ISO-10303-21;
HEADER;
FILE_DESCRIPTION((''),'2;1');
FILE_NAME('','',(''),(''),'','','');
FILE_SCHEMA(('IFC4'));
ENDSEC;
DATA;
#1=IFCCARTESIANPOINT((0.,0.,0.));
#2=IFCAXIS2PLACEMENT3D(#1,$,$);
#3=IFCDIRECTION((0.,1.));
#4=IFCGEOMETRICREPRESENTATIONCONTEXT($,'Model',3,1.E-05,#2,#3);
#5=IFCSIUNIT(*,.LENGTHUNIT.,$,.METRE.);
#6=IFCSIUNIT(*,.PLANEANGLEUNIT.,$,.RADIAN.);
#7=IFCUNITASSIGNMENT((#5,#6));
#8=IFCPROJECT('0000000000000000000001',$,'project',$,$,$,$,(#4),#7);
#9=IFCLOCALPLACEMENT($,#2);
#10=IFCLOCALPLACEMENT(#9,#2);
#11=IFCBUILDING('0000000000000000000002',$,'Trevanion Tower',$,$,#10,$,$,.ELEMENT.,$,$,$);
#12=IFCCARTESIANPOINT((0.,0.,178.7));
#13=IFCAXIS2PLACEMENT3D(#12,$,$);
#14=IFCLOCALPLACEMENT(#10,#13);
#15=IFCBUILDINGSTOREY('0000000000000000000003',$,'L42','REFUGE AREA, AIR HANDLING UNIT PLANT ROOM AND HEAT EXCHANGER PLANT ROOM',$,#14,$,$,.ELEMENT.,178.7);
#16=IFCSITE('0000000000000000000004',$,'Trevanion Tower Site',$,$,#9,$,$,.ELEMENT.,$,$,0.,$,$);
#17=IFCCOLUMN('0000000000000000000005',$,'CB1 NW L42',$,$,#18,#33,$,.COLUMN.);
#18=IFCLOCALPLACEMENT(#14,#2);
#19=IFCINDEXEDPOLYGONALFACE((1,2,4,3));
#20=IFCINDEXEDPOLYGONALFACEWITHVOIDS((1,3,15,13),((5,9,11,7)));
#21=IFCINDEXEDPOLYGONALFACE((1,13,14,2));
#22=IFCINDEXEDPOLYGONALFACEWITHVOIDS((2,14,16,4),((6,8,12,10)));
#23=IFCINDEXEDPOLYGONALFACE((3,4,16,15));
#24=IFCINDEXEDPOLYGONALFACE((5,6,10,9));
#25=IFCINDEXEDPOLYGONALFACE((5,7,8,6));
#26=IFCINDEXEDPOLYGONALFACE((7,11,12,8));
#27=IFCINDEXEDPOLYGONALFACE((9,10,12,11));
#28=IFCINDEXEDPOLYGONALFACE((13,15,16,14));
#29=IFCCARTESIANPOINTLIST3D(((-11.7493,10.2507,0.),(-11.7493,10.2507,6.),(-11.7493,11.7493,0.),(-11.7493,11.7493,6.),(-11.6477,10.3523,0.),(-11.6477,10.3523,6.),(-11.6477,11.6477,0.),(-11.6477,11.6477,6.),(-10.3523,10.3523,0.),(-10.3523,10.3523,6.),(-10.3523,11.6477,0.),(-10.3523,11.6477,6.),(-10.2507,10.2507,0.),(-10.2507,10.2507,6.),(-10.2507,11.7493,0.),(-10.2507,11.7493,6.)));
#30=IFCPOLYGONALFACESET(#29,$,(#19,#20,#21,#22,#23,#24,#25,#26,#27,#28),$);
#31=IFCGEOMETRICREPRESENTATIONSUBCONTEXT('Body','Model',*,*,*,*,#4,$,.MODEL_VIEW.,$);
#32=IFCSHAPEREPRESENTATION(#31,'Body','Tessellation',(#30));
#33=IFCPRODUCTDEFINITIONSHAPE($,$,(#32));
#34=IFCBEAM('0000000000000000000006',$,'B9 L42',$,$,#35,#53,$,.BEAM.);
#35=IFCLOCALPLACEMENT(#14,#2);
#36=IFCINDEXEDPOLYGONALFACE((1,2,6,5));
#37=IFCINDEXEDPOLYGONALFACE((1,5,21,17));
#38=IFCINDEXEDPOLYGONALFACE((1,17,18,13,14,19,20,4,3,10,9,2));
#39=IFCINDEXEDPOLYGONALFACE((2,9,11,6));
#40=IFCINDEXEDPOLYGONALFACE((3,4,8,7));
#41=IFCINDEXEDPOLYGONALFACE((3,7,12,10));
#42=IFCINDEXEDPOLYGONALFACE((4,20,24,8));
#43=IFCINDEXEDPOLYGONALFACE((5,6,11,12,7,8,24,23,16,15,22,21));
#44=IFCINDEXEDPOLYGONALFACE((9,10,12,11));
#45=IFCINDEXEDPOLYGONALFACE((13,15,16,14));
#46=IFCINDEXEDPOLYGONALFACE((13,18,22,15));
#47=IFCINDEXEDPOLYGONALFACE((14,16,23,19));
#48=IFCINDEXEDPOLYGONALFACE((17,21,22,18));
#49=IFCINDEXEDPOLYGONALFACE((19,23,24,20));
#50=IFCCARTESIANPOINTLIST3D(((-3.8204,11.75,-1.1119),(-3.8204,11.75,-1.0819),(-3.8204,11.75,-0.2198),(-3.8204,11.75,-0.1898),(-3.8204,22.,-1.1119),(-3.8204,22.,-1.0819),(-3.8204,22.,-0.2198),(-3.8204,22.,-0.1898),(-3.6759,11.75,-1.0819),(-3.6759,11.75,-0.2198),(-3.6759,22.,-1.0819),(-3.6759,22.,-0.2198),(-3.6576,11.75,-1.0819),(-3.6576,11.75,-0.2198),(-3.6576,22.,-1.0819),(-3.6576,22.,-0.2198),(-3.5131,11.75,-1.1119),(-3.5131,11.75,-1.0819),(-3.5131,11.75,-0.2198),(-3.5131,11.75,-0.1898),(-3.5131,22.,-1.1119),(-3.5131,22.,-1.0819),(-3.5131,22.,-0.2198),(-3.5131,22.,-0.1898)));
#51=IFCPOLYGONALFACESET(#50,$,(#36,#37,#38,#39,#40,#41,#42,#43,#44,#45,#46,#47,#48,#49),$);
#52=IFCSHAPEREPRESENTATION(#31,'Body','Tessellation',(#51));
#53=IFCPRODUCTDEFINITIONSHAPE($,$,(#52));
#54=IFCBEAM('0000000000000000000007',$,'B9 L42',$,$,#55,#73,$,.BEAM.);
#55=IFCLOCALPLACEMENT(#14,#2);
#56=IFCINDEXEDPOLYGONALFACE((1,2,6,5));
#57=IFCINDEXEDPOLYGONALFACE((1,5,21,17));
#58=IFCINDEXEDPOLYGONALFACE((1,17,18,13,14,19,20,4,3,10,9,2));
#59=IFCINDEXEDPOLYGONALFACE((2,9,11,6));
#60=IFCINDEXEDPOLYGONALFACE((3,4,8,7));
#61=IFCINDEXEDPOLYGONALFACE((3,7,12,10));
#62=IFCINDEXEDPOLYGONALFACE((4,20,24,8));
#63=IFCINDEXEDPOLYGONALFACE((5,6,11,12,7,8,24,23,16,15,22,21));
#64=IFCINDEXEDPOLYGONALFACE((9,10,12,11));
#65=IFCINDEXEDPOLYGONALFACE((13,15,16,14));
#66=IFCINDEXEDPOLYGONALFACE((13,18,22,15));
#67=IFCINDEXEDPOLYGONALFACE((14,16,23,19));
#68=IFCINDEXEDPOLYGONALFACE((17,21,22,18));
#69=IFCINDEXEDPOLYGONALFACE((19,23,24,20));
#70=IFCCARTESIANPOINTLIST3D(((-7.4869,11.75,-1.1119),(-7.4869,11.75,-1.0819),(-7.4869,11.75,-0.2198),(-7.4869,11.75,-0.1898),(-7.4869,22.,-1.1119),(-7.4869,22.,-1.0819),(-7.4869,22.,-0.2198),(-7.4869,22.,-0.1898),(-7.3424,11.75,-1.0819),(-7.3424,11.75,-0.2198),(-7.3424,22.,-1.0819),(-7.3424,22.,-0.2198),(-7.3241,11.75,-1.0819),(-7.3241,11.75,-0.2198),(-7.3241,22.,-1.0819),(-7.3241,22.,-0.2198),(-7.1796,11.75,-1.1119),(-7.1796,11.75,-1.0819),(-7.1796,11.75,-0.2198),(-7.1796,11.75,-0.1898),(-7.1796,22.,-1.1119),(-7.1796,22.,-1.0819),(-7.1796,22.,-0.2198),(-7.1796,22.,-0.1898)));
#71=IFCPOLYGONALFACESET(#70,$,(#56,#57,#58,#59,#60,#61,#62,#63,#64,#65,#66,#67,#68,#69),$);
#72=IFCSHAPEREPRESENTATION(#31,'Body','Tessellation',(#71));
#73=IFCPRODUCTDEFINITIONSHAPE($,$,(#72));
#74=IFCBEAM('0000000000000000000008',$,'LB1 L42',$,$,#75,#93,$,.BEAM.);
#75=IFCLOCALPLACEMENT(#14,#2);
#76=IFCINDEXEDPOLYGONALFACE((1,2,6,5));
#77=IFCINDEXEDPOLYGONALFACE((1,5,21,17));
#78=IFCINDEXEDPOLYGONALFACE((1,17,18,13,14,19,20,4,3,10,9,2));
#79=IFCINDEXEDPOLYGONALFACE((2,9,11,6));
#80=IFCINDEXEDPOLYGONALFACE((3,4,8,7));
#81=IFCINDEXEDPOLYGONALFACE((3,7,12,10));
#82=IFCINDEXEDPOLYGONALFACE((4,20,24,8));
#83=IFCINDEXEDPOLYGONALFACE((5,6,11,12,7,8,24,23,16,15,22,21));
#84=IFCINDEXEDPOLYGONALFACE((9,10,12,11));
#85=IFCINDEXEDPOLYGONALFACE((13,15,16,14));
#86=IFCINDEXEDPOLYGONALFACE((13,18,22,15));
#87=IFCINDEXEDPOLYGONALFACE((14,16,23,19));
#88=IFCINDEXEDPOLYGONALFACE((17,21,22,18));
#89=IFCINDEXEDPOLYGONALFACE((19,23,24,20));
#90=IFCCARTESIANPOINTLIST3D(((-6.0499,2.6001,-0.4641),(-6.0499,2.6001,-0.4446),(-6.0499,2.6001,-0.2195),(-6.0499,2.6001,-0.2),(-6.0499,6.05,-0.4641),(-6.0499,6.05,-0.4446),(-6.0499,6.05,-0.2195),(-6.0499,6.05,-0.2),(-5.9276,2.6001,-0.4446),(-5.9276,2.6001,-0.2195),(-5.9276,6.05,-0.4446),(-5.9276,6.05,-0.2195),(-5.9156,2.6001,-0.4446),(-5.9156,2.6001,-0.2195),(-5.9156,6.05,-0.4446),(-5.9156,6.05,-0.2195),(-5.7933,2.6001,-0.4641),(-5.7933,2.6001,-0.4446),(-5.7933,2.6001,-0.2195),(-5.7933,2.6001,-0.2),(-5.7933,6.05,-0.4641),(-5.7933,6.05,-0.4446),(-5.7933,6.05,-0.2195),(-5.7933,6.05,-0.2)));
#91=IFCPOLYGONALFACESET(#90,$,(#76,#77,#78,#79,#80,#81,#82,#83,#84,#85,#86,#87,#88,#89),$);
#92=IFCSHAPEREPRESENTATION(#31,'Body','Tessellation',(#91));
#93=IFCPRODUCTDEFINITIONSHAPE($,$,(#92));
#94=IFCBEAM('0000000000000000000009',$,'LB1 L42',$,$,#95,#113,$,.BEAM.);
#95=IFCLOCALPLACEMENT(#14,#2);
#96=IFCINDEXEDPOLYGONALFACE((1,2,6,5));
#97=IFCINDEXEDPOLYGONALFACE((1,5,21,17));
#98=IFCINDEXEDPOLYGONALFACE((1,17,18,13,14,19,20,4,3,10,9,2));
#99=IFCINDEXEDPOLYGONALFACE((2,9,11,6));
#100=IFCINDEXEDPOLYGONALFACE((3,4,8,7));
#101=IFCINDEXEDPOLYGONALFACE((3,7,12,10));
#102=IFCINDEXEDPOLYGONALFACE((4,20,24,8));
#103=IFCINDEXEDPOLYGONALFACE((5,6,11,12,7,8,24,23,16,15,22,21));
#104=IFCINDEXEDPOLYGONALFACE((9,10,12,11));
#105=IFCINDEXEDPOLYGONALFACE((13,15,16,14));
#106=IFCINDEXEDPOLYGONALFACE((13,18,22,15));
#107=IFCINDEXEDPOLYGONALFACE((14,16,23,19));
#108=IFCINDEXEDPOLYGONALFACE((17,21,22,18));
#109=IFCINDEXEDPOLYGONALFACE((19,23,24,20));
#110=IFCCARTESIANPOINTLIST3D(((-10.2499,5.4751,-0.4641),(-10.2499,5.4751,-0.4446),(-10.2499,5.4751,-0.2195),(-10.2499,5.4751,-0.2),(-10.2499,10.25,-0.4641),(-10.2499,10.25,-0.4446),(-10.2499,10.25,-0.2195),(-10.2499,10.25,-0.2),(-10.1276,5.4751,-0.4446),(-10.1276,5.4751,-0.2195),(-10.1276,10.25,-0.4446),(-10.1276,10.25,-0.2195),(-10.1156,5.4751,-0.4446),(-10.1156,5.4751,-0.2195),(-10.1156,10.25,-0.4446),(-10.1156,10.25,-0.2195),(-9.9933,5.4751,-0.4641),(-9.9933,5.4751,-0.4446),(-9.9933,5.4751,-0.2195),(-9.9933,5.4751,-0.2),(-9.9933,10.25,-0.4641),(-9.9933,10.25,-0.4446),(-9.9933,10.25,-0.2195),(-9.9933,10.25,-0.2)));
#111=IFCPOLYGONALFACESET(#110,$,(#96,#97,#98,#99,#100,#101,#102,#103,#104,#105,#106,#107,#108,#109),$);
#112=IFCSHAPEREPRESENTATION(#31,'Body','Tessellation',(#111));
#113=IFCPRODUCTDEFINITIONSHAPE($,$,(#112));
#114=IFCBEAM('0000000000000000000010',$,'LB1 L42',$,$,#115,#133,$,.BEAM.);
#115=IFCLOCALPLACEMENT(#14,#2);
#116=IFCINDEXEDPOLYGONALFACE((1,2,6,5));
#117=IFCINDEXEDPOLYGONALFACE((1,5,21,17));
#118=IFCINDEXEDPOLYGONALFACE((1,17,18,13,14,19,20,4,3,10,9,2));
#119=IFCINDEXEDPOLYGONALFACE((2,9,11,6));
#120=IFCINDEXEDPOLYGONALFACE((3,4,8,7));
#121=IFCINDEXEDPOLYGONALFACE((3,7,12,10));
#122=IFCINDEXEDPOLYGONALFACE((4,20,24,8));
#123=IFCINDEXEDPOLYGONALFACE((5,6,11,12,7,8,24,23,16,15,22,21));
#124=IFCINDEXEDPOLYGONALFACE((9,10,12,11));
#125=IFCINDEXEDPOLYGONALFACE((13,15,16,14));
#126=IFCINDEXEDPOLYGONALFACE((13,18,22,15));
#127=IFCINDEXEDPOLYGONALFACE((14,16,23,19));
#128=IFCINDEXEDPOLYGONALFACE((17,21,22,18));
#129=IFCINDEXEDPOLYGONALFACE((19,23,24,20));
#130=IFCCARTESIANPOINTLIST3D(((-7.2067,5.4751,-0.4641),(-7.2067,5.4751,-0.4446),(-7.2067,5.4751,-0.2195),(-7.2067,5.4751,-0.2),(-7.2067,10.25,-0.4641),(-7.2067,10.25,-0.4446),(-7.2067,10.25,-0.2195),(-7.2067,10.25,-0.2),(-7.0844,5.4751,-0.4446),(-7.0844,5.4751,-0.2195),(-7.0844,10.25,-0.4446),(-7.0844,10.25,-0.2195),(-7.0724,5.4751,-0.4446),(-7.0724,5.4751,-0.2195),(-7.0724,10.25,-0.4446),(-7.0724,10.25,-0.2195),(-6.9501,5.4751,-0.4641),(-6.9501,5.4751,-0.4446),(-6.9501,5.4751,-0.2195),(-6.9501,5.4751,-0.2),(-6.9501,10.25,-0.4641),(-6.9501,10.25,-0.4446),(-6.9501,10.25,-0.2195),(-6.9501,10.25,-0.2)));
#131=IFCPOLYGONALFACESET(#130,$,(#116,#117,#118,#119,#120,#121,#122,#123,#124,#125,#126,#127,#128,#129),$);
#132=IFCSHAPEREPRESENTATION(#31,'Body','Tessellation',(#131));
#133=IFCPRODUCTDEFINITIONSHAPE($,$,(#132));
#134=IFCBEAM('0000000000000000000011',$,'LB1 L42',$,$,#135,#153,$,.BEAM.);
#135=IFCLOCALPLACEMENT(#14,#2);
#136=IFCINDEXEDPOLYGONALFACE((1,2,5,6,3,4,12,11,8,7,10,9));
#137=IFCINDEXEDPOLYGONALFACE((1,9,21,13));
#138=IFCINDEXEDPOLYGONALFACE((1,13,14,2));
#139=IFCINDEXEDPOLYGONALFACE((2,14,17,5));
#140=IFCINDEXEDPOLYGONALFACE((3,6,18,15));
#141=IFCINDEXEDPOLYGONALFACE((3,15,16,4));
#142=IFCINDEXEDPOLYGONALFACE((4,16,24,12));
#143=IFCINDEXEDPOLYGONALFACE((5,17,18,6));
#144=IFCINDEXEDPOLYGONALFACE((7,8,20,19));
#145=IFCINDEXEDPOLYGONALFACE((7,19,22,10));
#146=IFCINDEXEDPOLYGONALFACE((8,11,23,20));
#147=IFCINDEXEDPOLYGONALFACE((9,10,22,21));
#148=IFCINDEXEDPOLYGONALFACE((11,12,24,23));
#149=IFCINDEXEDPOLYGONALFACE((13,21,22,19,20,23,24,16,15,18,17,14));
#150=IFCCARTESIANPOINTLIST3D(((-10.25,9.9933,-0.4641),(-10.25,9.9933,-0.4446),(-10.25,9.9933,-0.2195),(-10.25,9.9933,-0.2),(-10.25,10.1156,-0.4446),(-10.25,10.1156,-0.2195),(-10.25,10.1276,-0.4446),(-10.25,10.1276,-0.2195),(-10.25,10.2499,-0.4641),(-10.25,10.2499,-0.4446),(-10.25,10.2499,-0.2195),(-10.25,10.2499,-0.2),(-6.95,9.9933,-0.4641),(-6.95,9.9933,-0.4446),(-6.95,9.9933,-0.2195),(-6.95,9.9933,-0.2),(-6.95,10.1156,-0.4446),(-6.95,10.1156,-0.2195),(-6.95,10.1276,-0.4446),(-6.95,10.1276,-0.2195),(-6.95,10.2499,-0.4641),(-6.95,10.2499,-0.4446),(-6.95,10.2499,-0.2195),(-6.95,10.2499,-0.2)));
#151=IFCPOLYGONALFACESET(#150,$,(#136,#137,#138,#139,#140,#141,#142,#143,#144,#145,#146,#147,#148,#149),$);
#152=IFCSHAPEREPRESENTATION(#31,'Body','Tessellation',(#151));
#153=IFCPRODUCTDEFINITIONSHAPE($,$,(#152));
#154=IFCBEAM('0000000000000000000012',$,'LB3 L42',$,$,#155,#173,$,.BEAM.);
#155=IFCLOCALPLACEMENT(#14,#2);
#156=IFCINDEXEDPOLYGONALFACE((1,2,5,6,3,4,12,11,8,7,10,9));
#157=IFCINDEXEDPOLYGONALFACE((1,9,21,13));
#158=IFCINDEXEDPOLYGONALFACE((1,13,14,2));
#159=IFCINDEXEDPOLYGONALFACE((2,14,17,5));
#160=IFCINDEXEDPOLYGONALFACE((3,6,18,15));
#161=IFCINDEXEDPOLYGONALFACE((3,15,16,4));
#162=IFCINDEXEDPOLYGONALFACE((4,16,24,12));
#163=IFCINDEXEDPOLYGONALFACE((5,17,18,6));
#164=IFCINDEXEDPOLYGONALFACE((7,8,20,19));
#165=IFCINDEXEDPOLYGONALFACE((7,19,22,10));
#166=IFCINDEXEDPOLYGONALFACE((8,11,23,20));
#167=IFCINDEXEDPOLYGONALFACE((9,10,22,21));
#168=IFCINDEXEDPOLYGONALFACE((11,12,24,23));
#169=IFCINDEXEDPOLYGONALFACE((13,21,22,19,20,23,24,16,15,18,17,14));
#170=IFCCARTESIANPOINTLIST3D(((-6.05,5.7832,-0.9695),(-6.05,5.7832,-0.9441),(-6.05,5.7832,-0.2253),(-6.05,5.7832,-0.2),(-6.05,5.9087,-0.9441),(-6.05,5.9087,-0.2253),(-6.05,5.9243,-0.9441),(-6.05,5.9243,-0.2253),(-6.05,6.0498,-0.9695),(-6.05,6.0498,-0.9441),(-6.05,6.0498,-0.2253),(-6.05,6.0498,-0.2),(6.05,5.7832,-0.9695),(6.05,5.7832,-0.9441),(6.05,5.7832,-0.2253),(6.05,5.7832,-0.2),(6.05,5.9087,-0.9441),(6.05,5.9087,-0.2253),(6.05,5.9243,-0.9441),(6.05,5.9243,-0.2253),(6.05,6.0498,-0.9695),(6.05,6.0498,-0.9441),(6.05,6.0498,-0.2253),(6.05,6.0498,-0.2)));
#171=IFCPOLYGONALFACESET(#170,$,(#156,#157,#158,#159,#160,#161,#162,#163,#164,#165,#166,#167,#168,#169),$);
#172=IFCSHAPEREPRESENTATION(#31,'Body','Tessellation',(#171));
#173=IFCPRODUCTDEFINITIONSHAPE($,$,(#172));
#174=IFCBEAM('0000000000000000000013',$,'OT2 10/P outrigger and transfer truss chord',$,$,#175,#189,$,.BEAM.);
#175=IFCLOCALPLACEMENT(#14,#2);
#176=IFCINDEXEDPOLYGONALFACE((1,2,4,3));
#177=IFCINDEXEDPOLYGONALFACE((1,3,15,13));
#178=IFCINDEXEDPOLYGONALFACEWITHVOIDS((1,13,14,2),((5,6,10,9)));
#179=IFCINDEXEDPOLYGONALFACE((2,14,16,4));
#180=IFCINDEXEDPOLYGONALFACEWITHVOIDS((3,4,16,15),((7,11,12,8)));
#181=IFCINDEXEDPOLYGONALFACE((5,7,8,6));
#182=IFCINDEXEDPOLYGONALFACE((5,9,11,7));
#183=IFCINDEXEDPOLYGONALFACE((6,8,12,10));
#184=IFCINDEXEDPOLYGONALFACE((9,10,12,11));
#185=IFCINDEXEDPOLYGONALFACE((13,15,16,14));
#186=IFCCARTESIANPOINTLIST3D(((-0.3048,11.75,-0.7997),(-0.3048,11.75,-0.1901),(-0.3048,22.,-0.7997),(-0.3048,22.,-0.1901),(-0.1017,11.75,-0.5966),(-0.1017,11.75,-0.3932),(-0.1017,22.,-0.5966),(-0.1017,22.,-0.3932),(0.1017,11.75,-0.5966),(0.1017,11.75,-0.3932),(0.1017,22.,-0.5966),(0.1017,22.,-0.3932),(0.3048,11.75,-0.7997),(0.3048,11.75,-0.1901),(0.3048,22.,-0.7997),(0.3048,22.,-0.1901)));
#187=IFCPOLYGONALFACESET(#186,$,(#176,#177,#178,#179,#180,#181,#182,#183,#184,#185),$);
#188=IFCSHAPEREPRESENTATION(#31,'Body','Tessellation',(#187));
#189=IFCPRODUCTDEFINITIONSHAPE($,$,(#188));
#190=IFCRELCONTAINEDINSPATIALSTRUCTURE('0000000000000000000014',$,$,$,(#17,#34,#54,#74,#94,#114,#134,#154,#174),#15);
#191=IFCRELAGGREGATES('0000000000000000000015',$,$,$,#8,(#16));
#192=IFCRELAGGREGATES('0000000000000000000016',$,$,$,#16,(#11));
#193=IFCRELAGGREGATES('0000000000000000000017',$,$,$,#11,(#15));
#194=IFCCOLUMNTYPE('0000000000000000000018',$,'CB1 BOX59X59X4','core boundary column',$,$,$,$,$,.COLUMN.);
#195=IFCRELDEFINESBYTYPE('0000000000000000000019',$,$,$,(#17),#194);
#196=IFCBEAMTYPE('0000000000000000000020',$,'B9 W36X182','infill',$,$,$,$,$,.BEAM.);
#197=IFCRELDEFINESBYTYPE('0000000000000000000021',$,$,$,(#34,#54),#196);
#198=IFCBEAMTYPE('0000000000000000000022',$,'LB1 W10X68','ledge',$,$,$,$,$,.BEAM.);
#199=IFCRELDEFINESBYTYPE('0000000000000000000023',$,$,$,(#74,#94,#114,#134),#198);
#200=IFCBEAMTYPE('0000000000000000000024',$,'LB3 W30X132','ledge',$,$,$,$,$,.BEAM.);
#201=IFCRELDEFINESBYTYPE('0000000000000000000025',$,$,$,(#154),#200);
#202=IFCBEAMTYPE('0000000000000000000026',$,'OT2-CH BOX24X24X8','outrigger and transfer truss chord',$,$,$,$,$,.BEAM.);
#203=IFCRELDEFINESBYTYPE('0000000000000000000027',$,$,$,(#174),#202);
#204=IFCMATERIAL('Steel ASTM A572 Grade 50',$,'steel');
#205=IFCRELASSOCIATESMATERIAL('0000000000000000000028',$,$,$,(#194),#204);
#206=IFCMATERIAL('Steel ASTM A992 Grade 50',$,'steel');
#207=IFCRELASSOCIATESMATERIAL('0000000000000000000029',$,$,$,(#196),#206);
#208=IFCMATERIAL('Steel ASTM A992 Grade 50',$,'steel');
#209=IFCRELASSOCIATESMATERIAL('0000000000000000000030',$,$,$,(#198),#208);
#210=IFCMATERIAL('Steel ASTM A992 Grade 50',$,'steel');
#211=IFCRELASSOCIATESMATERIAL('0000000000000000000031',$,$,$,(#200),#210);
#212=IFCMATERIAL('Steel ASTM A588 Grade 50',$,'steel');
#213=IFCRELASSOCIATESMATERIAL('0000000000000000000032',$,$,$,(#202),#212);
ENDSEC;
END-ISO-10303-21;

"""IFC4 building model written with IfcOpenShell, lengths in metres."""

from ifc_helpers import new_model, si_unit, direction, frame, origin, origin_2d, place, context, subcontext, project, spatial, hollow_rectangle, i_section, extrude, material, material_profile, profile_set, type_object, element, save


model = new_model("IFC4")

# Units and contexts
model_context = context("Model", 3, precision=1e-05, world=origin(), true_north=direction((0.0, 1.0)))
body_context = subcontext(model_context, "Body", "Model", "MODEL_VIEW")
ifc_project = project(units=[si_unit("LENGTHUNIT", "METRE"), si_unit("PLANEANGLEUNIT", "RADIAN")], contexts=[model_context])

# Site, building, storey
site_placement = place(None, origin())
site = spatial("IfcSite", under=ifc_project, at=site_placement, Name="Trevanion Tower Site", CompositionType="ELEMENT", RefElevation=0.0)
building_placement = place(site_placement, origin())
building = spatial("IfcBuilding", under=site, at=building_placement, Name="Trevanion Tower", CompositionType="ELEMENT")
storey_placement = place(building_placement, frame((0.0, 0.0, 178.7)))
storey = spatial("IfcBuildingStorey", under=building, at=storey_placement, Name="L42", Description="REFUGE AREA, AIR HANDLING UNIT PLANT ROOM AND HEAT EXCHANGER PLANT ROOM", CompositionType="ELEMENT", Elevation=178.7)

# Column
ifc_material_1 = material(Name="Steel ASTM A572 Grade 50", Category="steel")
ifc_material_profile_1 = material_profile(ifc_material_1, hollow_rectangle(XDim=1.4985, YDim=1.4985, WallThickness=0.1016, at=origin_2d()), Name="BOX59X59X4")
ifc_profile_set_1 = profile_set([ifc_material_profile_1], Name="Steel ASTM A572 Grade 50")
column_type = type_object("IfcColumnType", Name="CB1 BOX59X59X4", Description="core boundary column", PredefinedType="COLUMN", material=ifc_profile_set_1)
column_placement = place(storey_placement, frame((-11.0, 11.0, 0.0), z_axis=(0.0, 0.0, 1.0), x_axis=(1.0, 0.0, 0.0)))
element("IfcColumn", 1, at=column_placement, inside=storey, type_object=column_type, Name="CB1 NW L42", PredefinedType="COLUMN", context=body_context, shape_type="SweptSolid", body=[
    extrude(hollow_rectangle(XDim=1.4985, YDim=1.4985, WallThickness=0.1016, at=origin_2d()), origin(), (0.0, 0.0, 1.0), 6.0),
])

# Beams
ifc_material_2 = material(Name="Steel ASTM A992 Grade 50", Category="steel")
ifc_material_profile_2 = material_profile(ifc_material_2, i_section(OverallWidth=0.3074, OverallDepth=0.9221, WebThickness=0.0183, FlangeThickness=0.03, at=origin_2d()), Name="W36X182")
ifc_profile_set_2 = profile_set([ifc_material_profile_2], Name="Steel ASTM A992 Grade 50")
beam_type_1 = type_object("IfcBeamType", Name="B9 W36X182", Description="infill", PredefinedType="BEAM", material=ifc_profile_set_2)
for number, where, z_axis, x_axis, name in (
    (2, (-3.6667, 11.75, -0.6509), (0.0, 1.0, 0.0), (-1.0, 0.0, 0.0), "B9 L42"),
    (3, (-7.3333, 11.75, -0.6509), (0.0, 1.0, 0.0), (-1.0, 0.0, 0.0), "B9 L42"),
):
    element("IfcBeam", number, at=place(storey_placement, frame(where, z_axis=z_axis, x_axis=x_axis)), inside=storey, type_object=beam_type_1, Name=name, PredefinedType="BEAM", context=body_context, shape_type="SweptSolid", body=[
        extrude(i_section(OverallWidth=0.3074, OverallDepth=0.9221, WebThickness=0.0183, FlangeThickness=0.03, at=origin_2d()), origin(), (0.0, 0.0, 1.0), 10.25),
    ])
ifc_material_3 = material(Name="Steel ASTM A992 Grade 50", Category="steel")
ifc_material_profile_3 = material_profile(ifc_material_3, i_section(OverallWidth=0.2566, OverallDepth=0.2642, WebThickness=0.012, FlangeThickness=0.0195, at=origin_2d()), Name="W10X68")
ifc_profile_set_3 = profile_set([ifc_material_profile_3], Name="Steel ASTM A992 Grade 50")
beam_type_2 = type_object("IfcBeamType", Name="LB1 W10X68", Description="ledge", PredefinedType="BEAM", material=ifc_profile_set_3)
beam_1_placement = place(storey_placement, frame((-5.9216, 2.6001, -0.332), z_axis=(0.0, 1.0, 0.0), x_axis=(-1.0, 0.0, 0.0)))
element("IfcBeam", 4, at=beam_1_placement, inside=storey, type_object=beam_type_2, Name="LB1 L42", PredefinedType="BEAM", context=body_context, shape_type="SweptSolid", body=[
    extrude(i_section(OverallWidth=0.2566, OverallDepth=0.2642, WebThickness=0.012, FlangeThickness=0.0195, at=origin_2d()), origin(), (0.0, 0.0, 1.0), 3.45),
])
for number, where, z_axis, x_axis, name in (
    (5, (-10.1216, 5.4751, -0.332), (0.0, 1.0, 0.0), (-1.0, 0.0, 0.0), "LB1 L42"),
    (6, (-7.0784, 5.4751, -0.332), (0.0, 1.0, 0.0), (-1.0, 0.0, 0.0), "LB1 L42"),
):
    element("IfcBeam", number, at=place(storey_placement, frame(where, z_axis=z_axis, x_axis=x_axis)), inside=storey, type_object=beam_type_2, Name=name, PredefinedType="BEAM", context=body_context, shape_type="SweptSolid", body=[
        extrude(i_section(OverallWidth=0.2566, OverallDepth=0.2642, WebThickness=0.012, FlangeThickness=0.0195, at=origin_2d()), origin(), (0.0, 0.0, 1.0), 4.7749),
    ])
beam_2_placement = place(storey_placement, frame((-10.25, 10.1216, -0.332), z_axis=(1.0, 0.0, 0.0), x_axis=(0.0, 1.0, 0.0)))
element("IfcBeam", 7, at=beam_2_placement, inside=storey, type_object=beam_type_2, Name="LB1 L42", PredefinedType="BEAM", context=body_context, shape_type="SweptSolid", body=[
    extrude(i_section(OverallWidth=0.2566, OverallDepth=0.2642, WebThickness=0.012, FlangeThickness=0.0195, at=origin_2d()), origin(), (0.0, 0.0, 1.0), 3.3),
])
ifc_material_4 = material(Name="Steel ASTM A992 Grade 50", Category="steel")
ifc_material_profile_4 = material_profile(ifc_material_4, i_section(OverallWidth=0.2666, OverallDepth=0.7695, WebThickness=0.0156, FlangeThickness=0.0254, at=origin_2d()), Name="W30X132")
ifc_profile_set_4 = profile_set([ifc_material_profile_4], Name="Steel ASTM A992 Grade 50")
beam_type_3 = type_object("IfcBeamType", Name="LB3 W30X132", Description="ledge", PredefinedType="BEAM", material=ifc_profile_set_4)
beam_3_placement = place(storey_placement, frame((-6.05, 5.9165, -0.5847), z_axis=(1.0, 0.0, 0.0), x_axis=(0.0, 1.0, 0.0)))
element("IfcBeam", 8, at=beam_3_placement, inside=storey, type_object=beam_type_3, Name="LB3 L42", PredefinedType="BEAM", context=body_context, shape_type="SweptSolid", body=[
    extrude(i_section(OverallWidth=0.2666, OverallDepth=0.7695, WebThickness=0.0156, FlangeThickness=0.0254, at=origin_2d()), origin(), (0.0, 0.0, 1.0), 12.1001),
])
ifc_material_5 = material(Name="Steel ASTM A588 Grade 50", Category="steel")
ifc_material_profile_5 = material_profile(ifc_material_5, hollow_rectangle(XDim=0.6096, YDim=0.6096, WallThickness=0.2031, at=origin_2d()), Name="BOX24X24X8")
ifc_profile_set_5 = profile_set([ifc_material_profile_5], Name="Steel ASTM A588 Grade 50")
beam_type_4 = type_object("IfcBeamType", Name="OT2-CH BOX24X24X8", Description="outrigger and transfer truss chord", PredefinedType="BEAM", material=ifc_profile_set_5)
beam_4_placement = place(storey_placement, frame((0.0, 11.75, -0.4949), z_axis=(0.0, 1.0, 0.0), x_axis=(-1.0, 0.0, 0.0)))
element("IfcBeam", 9, at=beam_4_placement, inside=storey, type_object=beam_type_4, Name="OT2 10/P outrigger and transfer truss chord", PredefinedType="BEAM", context=body_context, shape_type="SweptSolid", body=[
    extrude(hollow_rectangle(XDim=0.6096, YDim=0.6096, WallThickness=0.2031, at=origin_2d()), origin(), (0.0, 0.0, 1.0), 10.25),
])

save(model, "model.ifc")
